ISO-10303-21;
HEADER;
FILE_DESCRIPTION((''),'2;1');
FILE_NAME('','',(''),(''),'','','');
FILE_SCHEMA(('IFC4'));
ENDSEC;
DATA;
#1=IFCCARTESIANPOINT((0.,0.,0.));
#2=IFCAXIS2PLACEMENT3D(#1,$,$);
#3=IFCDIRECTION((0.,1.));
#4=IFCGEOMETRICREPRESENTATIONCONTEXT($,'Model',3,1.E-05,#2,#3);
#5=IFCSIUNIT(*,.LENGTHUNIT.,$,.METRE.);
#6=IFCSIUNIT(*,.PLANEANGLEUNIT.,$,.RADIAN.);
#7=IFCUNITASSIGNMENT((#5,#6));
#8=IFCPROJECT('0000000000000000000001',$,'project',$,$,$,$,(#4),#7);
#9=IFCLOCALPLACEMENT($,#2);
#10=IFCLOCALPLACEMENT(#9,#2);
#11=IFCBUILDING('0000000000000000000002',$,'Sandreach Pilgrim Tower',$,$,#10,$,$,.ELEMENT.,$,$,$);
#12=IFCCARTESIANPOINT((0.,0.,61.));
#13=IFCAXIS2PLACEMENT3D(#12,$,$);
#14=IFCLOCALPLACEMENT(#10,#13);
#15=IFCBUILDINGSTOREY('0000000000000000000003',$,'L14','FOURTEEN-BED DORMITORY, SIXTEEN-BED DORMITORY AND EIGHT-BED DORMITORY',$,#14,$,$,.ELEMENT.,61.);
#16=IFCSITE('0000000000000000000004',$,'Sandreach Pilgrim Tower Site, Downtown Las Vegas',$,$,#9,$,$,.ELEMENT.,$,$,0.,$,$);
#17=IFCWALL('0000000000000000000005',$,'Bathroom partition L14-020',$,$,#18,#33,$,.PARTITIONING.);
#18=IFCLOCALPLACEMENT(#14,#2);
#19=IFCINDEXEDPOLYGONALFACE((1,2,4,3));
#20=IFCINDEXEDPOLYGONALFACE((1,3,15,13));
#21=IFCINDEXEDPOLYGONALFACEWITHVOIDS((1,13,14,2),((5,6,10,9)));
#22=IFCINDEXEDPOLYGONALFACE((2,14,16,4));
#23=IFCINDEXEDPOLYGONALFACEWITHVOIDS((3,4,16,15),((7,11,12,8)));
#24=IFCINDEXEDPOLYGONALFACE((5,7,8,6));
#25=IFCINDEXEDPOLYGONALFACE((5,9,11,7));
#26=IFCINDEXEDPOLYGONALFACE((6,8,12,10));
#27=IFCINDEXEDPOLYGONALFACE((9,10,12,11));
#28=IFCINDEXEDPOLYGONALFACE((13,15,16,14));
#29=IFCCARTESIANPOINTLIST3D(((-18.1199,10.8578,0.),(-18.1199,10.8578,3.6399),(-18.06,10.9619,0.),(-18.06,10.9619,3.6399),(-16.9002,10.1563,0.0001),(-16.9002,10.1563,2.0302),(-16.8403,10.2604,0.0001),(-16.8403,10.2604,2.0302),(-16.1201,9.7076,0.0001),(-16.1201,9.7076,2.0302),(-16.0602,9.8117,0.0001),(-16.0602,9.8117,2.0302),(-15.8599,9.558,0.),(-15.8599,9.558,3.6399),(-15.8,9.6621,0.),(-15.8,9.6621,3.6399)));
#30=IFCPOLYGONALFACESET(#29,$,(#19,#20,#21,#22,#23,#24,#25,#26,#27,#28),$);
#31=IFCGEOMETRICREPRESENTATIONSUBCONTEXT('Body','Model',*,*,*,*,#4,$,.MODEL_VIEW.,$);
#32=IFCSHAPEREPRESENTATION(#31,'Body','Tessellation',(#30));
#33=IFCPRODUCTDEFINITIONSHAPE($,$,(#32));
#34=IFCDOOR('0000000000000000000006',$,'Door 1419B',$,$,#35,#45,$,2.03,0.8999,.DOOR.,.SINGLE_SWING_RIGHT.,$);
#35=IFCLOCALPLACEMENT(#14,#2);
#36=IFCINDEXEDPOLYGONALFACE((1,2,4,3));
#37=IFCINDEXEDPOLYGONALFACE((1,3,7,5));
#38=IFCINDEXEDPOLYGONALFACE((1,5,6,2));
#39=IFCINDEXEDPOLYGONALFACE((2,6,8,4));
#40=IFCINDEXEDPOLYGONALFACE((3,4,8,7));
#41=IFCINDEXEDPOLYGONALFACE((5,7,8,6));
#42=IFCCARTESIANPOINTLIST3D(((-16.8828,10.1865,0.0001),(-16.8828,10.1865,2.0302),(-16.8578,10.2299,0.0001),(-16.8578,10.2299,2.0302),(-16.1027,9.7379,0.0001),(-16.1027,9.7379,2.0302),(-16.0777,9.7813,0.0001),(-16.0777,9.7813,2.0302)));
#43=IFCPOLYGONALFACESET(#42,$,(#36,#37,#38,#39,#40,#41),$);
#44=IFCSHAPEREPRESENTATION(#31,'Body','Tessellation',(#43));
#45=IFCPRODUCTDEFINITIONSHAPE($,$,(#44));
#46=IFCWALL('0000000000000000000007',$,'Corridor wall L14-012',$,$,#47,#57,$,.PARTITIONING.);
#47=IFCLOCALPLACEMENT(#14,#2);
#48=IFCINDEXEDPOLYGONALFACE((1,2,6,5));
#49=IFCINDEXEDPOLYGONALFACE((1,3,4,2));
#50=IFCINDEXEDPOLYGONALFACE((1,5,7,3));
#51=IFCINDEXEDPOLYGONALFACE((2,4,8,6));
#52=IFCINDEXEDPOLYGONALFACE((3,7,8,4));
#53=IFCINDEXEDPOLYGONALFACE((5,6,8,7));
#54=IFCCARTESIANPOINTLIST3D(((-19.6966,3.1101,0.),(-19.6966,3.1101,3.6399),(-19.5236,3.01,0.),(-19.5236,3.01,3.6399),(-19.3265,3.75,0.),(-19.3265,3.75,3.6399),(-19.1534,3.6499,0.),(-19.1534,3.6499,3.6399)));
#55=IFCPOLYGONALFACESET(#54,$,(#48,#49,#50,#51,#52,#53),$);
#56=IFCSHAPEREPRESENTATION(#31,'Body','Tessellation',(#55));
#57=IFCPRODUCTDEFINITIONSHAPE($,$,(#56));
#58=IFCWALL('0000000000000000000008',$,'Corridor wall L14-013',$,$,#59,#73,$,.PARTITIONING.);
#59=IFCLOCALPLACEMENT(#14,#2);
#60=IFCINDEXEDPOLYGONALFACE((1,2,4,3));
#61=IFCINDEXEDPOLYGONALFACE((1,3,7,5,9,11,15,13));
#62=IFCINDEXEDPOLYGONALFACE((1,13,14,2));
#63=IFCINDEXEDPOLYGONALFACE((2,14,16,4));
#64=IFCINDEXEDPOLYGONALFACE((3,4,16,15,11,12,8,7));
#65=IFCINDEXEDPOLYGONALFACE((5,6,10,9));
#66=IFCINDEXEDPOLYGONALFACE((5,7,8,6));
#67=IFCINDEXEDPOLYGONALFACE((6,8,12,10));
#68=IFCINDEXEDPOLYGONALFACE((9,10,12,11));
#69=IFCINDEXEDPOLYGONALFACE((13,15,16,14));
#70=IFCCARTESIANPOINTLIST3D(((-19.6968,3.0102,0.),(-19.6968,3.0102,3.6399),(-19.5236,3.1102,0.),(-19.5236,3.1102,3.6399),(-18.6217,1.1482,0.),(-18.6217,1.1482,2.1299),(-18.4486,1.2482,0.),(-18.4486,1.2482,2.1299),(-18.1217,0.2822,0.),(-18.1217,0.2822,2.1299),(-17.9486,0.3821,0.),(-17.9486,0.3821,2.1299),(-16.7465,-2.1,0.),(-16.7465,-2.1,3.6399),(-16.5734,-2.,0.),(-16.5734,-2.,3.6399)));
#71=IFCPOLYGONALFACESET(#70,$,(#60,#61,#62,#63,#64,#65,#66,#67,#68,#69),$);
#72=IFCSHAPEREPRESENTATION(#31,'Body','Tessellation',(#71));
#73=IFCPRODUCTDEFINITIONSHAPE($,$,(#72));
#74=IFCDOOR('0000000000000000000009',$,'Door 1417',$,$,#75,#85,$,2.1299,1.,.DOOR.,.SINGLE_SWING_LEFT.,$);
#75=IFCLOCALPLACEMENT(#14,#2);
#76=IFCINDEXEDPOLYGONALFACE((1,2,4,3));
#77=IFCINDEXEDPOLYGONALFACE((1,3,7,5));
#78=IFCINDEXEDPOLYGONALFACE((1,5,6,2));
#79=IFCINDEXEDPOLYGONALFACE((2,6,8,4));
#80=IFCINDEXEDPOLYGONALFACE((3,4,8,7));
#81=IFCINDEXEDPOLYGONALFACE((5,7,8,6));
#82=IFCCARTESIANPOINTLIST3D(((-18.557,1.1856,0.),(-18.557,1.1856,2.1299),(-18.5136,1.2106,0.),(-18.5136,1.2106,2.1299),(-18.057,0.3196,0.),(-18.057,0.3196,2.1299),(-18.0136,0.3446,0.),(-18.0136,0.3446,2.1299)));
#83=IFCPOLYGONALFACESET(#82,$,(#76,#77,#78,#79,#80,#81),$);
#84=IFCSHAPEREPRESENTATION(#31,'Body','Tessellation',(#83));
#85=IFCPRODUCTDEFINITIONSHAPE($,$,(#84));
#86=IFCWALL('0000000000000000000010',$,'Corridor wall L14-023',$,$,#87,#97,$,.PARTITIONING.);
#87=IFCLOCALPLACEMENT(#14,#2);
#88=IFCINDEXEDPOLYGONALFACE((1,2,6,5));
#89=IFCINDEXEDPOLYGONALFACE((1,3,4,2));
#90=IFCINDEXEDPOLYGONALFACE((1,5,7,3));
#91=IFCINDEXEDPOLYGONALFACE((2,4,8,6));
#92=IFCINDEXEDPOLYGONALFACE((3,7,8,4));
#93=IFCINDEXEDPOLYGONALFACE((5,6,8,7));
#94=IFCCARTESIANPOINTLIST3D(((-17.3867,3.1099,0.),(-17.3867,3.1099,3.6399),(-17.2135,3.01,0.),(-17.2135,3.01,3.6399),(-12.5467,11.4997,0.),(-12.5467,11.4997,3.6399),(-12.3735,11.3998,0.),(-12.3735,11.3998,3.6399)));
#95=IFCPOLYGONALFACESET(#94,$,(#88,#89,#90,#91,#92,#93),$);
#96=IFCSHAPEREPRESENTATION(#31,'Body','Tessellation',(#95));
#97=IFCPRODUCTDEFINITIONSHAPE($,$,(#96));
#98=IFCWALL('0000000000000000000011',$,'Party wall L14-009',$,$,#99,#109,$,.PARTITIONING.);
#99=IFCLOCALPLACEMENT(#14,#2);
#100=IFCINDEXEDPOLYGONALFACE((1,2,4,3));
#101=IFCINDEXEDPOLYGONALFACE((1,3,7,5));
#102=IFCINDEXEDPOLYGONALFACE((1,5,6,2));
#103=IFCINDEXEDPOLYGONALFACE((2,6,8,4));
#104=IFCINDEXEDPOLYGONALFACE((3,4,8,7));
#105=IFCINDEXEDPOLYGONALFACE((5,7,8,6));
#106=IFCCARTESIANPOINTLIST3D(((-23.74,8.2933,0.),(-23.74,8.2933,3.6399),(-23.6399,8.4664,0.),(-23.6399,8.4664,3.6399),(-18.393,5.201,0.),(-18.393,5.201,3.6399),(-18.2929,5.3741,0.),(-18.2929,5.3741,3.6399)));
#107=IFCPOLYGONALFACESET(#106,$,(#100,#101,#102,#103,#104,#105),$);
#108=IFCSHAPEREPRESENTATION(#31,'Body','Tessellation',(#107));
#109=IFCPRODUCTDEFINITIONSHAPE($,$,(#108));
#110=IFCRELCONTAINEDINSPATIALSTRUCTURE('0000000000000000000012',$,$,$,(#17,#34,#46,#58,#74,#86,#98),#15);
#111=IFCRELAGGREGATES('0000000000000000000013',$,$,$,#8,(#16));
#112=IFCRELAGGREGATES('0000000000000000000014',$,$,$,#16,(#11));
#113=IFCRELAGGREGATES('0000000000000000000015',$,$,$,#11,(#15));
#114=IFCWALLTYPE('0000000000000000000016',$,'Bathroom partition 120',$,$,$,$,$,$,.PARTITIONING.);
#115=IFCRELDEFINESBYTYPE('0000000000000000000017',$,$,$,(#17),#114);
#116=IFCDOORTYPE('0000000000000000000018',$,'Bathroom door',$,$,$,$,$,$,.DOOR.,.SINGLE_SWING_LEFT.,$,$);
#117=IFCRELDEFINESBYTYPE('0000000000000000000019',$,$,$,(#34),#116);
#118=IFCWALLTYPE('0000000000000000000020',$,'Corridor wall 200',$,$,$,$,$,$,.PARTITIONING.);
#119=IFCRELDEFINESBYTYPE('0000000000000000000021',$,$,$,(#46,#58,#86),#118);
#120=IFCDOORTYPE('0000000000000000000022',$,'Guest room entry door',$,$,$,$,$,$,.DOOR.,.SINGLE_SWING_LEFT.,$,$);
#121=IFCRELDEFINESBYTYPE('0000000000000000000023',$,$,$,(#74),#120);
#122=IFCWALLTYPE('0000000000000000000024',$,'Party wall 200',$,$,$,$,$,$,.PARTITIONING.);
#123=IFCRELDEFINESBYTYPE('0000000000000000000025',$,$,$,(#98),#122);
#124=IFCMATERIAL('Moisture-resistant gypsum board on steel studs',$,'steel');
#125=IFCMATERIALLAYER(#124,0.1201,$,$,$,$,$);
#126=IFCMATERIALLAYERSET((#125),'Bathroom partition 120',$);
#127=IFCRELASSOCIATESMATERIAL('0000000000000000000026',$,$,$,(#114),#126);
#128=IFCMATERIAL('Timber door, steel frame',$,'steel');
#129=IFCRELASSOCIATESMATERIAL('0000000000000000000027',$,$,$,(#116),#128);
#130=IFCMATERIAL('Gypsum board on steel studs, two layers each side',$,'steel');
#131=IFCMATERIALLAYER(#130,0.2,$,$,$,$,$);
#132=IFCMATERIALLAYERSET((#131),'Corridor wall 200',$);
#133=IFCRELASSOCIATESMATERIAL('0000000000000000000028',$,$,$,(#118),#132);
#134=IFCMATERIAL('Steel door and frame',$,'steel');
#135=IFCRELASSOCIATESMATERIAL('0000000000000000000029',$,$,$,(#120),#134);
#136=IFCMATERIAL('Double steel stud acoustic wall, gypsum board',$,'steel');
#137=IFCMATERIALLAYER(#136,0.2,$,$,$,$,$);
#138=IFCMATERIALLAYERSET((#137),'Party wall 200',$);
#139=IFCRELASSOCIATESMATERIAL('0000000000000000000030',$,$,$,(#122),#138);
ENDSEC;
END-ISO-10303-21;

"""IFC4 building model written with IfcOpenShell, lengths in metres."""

from ifc_helpers import new_model, si_unit, direction, frame, frame_2d, origin, place, context, subcontext, project, spatial, rectangle, extrude, material, layer, layer_set, type_object, element, fill, save


model = new_model("IFC4")

# Units and contexts
model_context = context("Model", 3, precision=1e-05, world=origin(), true_north=direction((0.0, 1.0)))
body_context = subcontext(model_context, "Body", "Model", "MODEL_VIEW")
ifc_project = project(units=[si_unit("LENGTHUNIT", "METRE"), si_unit("PLANEANGLEUNIT", "RADIAN")], contexts=[model_context])

# Site, building, storey
site_placement = place(None, origin())
site = spatial("IfcSite", under=ifc_project, at=site_placement, Name="Sandreach Pilgrim Tower Site, Downtown Las Vegas", CompositionType="ELEMENT", RefElevation=0.0)
building_placement = place(site_placement, origin())
building = spatial("IfcBuilding", under=site, at=building_placement, Name="Sandreach Pilgrim Tower", CompositionType="ELEMENT")
storey_placement = place(building_placement, frame((0.0, 0.0, 61.0)))
storey = spatial("IfcBuildingStorey", under=building, at=storey_placement, Name="L14", Description="FOURTEEN-BED DORMITORY, SIXTEEN-BED DORMITORY AND EIGHT-BED DORMITORY", CompositionType="ELEMENT", Elevation=61.0)

# Shared definitions
ifc_material_1 = material(Name="Moisture-resistant gypsum board on steel studs", Category="steel")
ifc_layer_1 = layer(ifc_material_1, 0.1201)
ifc_layer_set_1 = layer_set([ifc_layer_1], Name="Bathroom partition 120")
wall_type_1 = type_object("IfcWallType", Name="Bathroom partition 120", PredefinedType="PARTITIONING", material=ifc_layer_set_1)

# Shared definitions
ifc_material_2 = material(Name="Timber door, steel frame", Category="steel")
door_type_1 = type_object("IfcDoorType", Name="Bathroom door", OperationType="SINGLE_SWING_LEFT", PredefinedType="DOOR", material=ifc_material_2)

# Wall, opening, door
wall_1_placement = place(storey_placement, frame((-18.0901, 10.9099, 0.0), z_axis=(0.0, 0.0, 1.0), x_axis=(0.866857, -0.498557, 0.0)))
wall_1 = element("IfcWall", 1, at=wall_1_placement, inside=storey, type_object=wall_type_1, Name="Bathroom partition L14-020", PredefinedType="PARTITIONING", context=body_context, shape_type="SweptSolid", body=[
    extrude(rectangle(XDim=2.6072, YDim=0.1201, at=frame_2d((1.3037, 0.0))), origin(), (0.0, 0.0, 1.0), 3.6399),
])
opening_1_placement = place(wall_1_placement, frame((1.4072, 0.0, 0.0)))
opening_1 = element("IfcOpeningElement", 2, at=opening_1_placement, cuts=wall_1, PredefinedType="OPENING", context=body_context, shape_type="SweptSolid", body=[
    extrude(rectangle(XDim=0.8999, YDim=2.03, at=frame_2d((0.45, 1.0151))), frame((0.0, 0.0601, 0.0), z_axis=(0.0, -1.0, 0.0), x_axis=(1.0, 0.0, 0.0)), (0.0, 0.0, 1.0), 0.1201),
])
door_1_placement = place(opening_1_placement, origin())
door_1 = element("IfcDoor", 3, at=door_1_placement, inside=storey, type_object=door_type_1, Name="Door 1419B", OperationType="SINGLE_SWING_RIGHT", OverallHeight=2.03, OverallWidth=0.8999, PredefinedType="DOOR", context=body_context, shape_type="SweptSolid", body=[
    extrude(rectangle(XDim=0.8999, YDim=2.03, at=frame_2d((0.45, 1.0151))), frame((0.0, 0.0249, 0.0), z_axis=(0.0, -1.0, 0.0), x_axis=(1.0, 0.0, 0.0)), (0.0, 0.0, 1.0), 0.05),
])
fill(opening_1, door_1)

# Wall
ifc_material_3 = material(Name="Gypsum board on steel studs, two layers each side", Category="steel")
ifc_layer_2 = layer(ifc_material_3, 0.2)
ifc_layer_set_2 = layer_set([ifc_layer_2], Name="Corridor wall 200")
wall_type_2 = type_object("IfcWallType", Name="Corridor wall 200", PredefinedType="PARTITIONING", material=ifc_layer_set_2)
wall_2_placement = place(storey_placement, frame((-19.6101, 3.0601, 0.0), z_axis=(0.0, 0.0, 1.0), x_axis=(0.500685, 0.86563, 0.0)))
element("IfcWall", 4, at=wall_2_placement, inside=storey, type_object=wall_type_2, Name="Corridor wall L14-012", PredefinedType="PARTITIONING", context=body_context, shape_type="SweptSolid", body=[
    extrude(rectangle(XDim=0.7393, YDim=0.2, at=frame_2d((0.3696, 0.0))), origin(), (0.0, 0.0, 1.0), 3.6399),
])

# Wall, opening, door
wall_3_placement = place(storey_placement, frame((-19.6101, 3.0601, 0.0), z_axis=(0.0, 0.0, 1.0), x_axis=(0.499984, -0.866035, 0.0)))
wall_3 = element("IfcWall", 5, at=wall_3_placement, inside=storey, type_object=wall_type_2, Name="Corridor wall L14-013", PredefinedType="PARTITIONING", context=body_context, shape_type="SweptSolid", body=[
    extrude(rectangle(XDim=5.9006, YDim=0.2, at=frame_2d((2.9502, 0.0))), origin(), (0.0, 0.0, 1.0), 3.6399),
])
opening_2_placement = place(wall_3_placement, frame((2.1499, 0.0, 0.0)))
opening_2 = element("IfcOpeningElement", 6, at=opening_2_placement, cuts=wall_3, PredefinedType="OPENING", context=body_context, shape_type="SweptSolid", body=[
    extrude(rectangle(XDim=1.0, YDim=2.1299, at=frame_2d((0.5, 1.0649))), frame((0.0, 0.1001, 0.0), z_axis=(0.0, -1.0, 0.0), x_axis=(1.0, 0.0, 0.0)), (0.0, 0.0, 1.0), 0.2),
])
ifc_material_4 = material(Name="Steel door and frame", Category="steel")
door_type_2 = type_object("IfcDoorType", Name="Guest room entry door", OperationType="SINGLE_SWING_LEFT", PredefinedType="DOOR", material=ifc_material_4)
door_2_placement = place(opening_2_placement, origin())
door_2 = element("IfcDoor", 7, at=door_2_placement, inside=storey, type_object=door_type_2, Name="Door 1417", OperationType="SINGLE_SWING_LEFT", OverallHeight=2.1299, OverallWidth=1.0, PredefinedType="DOOR", context=body_context, shape_type="SweptSolid", body=[
    extrude(rectangle(XDim=1.0, YDim=2.1299, at=frame_2d((0.5, 1.0649))), frame((0.0, 0.0249, 0.0), z_axis=(0.0, -1.0, 0.0), x_axis=(1.0, 0.0, 0.0)), (0.0, 0.0, 1.0), 0.05),
])
fill(opening_2, door_2)

# Walls
wall_4_placement = place(storey_placement, frame((-17.3, 3.0601, 0.0), z_axis=(0.0, 0.0, 1.0), x_axis=(0.499704, 0.866196, 0.0)))
element("IfcWall", 8, at=wall_4_placement, inside=storey, type_object=wall_type_2, Name="Corridor wall L14-023", PredefinedType="PARTITIONING", context=body_context, shape_type="SweptSolid", body=[
    extrude(rectangle(XDim=9.6858, YDim=0.2, at=frame_2d((4.8428, 0.0))), origin(), (0.0, 0.0, 1.0), 3.6399),
])
ifc_material_5 = material(Name="Double steel stud acoustic wall, gypsum board", Category="steel")
ifc_layer_3 = layer(ifc_material_5, 0.2)
ifc_layer_set_3 = layer_set([ifc_layer_3], Name="Party wall 200")
wall_type_3 = type_object("IfcWallType", Name="Party wall 200", PredefinedType="PARTITIONING", material=ifc_layer_set_3)
wall_5_placement = place(storey_placement, frame((-23.6899, 8.3799, 0.0), z_axis=(0.0, 0.0, 1.0), x_axis=(0.865658, -0.500636, 0.0)))
element("IfcWall", 9, at=wall_5_placement, inside=storey, type_object=wall_type_3, Name="Party wall L14-009", PredefinedType="PARTITIONING", context=body_context, shape_type="SweptSolid", body=[
    extrude(rectangle(XDim=6.1768, YDim=0.2, at=frame_2d((3.0884, 0.0))), origin(), (0.0, 0.0, 1.0), 3.6399),
])

save(model, "model.ifc")
